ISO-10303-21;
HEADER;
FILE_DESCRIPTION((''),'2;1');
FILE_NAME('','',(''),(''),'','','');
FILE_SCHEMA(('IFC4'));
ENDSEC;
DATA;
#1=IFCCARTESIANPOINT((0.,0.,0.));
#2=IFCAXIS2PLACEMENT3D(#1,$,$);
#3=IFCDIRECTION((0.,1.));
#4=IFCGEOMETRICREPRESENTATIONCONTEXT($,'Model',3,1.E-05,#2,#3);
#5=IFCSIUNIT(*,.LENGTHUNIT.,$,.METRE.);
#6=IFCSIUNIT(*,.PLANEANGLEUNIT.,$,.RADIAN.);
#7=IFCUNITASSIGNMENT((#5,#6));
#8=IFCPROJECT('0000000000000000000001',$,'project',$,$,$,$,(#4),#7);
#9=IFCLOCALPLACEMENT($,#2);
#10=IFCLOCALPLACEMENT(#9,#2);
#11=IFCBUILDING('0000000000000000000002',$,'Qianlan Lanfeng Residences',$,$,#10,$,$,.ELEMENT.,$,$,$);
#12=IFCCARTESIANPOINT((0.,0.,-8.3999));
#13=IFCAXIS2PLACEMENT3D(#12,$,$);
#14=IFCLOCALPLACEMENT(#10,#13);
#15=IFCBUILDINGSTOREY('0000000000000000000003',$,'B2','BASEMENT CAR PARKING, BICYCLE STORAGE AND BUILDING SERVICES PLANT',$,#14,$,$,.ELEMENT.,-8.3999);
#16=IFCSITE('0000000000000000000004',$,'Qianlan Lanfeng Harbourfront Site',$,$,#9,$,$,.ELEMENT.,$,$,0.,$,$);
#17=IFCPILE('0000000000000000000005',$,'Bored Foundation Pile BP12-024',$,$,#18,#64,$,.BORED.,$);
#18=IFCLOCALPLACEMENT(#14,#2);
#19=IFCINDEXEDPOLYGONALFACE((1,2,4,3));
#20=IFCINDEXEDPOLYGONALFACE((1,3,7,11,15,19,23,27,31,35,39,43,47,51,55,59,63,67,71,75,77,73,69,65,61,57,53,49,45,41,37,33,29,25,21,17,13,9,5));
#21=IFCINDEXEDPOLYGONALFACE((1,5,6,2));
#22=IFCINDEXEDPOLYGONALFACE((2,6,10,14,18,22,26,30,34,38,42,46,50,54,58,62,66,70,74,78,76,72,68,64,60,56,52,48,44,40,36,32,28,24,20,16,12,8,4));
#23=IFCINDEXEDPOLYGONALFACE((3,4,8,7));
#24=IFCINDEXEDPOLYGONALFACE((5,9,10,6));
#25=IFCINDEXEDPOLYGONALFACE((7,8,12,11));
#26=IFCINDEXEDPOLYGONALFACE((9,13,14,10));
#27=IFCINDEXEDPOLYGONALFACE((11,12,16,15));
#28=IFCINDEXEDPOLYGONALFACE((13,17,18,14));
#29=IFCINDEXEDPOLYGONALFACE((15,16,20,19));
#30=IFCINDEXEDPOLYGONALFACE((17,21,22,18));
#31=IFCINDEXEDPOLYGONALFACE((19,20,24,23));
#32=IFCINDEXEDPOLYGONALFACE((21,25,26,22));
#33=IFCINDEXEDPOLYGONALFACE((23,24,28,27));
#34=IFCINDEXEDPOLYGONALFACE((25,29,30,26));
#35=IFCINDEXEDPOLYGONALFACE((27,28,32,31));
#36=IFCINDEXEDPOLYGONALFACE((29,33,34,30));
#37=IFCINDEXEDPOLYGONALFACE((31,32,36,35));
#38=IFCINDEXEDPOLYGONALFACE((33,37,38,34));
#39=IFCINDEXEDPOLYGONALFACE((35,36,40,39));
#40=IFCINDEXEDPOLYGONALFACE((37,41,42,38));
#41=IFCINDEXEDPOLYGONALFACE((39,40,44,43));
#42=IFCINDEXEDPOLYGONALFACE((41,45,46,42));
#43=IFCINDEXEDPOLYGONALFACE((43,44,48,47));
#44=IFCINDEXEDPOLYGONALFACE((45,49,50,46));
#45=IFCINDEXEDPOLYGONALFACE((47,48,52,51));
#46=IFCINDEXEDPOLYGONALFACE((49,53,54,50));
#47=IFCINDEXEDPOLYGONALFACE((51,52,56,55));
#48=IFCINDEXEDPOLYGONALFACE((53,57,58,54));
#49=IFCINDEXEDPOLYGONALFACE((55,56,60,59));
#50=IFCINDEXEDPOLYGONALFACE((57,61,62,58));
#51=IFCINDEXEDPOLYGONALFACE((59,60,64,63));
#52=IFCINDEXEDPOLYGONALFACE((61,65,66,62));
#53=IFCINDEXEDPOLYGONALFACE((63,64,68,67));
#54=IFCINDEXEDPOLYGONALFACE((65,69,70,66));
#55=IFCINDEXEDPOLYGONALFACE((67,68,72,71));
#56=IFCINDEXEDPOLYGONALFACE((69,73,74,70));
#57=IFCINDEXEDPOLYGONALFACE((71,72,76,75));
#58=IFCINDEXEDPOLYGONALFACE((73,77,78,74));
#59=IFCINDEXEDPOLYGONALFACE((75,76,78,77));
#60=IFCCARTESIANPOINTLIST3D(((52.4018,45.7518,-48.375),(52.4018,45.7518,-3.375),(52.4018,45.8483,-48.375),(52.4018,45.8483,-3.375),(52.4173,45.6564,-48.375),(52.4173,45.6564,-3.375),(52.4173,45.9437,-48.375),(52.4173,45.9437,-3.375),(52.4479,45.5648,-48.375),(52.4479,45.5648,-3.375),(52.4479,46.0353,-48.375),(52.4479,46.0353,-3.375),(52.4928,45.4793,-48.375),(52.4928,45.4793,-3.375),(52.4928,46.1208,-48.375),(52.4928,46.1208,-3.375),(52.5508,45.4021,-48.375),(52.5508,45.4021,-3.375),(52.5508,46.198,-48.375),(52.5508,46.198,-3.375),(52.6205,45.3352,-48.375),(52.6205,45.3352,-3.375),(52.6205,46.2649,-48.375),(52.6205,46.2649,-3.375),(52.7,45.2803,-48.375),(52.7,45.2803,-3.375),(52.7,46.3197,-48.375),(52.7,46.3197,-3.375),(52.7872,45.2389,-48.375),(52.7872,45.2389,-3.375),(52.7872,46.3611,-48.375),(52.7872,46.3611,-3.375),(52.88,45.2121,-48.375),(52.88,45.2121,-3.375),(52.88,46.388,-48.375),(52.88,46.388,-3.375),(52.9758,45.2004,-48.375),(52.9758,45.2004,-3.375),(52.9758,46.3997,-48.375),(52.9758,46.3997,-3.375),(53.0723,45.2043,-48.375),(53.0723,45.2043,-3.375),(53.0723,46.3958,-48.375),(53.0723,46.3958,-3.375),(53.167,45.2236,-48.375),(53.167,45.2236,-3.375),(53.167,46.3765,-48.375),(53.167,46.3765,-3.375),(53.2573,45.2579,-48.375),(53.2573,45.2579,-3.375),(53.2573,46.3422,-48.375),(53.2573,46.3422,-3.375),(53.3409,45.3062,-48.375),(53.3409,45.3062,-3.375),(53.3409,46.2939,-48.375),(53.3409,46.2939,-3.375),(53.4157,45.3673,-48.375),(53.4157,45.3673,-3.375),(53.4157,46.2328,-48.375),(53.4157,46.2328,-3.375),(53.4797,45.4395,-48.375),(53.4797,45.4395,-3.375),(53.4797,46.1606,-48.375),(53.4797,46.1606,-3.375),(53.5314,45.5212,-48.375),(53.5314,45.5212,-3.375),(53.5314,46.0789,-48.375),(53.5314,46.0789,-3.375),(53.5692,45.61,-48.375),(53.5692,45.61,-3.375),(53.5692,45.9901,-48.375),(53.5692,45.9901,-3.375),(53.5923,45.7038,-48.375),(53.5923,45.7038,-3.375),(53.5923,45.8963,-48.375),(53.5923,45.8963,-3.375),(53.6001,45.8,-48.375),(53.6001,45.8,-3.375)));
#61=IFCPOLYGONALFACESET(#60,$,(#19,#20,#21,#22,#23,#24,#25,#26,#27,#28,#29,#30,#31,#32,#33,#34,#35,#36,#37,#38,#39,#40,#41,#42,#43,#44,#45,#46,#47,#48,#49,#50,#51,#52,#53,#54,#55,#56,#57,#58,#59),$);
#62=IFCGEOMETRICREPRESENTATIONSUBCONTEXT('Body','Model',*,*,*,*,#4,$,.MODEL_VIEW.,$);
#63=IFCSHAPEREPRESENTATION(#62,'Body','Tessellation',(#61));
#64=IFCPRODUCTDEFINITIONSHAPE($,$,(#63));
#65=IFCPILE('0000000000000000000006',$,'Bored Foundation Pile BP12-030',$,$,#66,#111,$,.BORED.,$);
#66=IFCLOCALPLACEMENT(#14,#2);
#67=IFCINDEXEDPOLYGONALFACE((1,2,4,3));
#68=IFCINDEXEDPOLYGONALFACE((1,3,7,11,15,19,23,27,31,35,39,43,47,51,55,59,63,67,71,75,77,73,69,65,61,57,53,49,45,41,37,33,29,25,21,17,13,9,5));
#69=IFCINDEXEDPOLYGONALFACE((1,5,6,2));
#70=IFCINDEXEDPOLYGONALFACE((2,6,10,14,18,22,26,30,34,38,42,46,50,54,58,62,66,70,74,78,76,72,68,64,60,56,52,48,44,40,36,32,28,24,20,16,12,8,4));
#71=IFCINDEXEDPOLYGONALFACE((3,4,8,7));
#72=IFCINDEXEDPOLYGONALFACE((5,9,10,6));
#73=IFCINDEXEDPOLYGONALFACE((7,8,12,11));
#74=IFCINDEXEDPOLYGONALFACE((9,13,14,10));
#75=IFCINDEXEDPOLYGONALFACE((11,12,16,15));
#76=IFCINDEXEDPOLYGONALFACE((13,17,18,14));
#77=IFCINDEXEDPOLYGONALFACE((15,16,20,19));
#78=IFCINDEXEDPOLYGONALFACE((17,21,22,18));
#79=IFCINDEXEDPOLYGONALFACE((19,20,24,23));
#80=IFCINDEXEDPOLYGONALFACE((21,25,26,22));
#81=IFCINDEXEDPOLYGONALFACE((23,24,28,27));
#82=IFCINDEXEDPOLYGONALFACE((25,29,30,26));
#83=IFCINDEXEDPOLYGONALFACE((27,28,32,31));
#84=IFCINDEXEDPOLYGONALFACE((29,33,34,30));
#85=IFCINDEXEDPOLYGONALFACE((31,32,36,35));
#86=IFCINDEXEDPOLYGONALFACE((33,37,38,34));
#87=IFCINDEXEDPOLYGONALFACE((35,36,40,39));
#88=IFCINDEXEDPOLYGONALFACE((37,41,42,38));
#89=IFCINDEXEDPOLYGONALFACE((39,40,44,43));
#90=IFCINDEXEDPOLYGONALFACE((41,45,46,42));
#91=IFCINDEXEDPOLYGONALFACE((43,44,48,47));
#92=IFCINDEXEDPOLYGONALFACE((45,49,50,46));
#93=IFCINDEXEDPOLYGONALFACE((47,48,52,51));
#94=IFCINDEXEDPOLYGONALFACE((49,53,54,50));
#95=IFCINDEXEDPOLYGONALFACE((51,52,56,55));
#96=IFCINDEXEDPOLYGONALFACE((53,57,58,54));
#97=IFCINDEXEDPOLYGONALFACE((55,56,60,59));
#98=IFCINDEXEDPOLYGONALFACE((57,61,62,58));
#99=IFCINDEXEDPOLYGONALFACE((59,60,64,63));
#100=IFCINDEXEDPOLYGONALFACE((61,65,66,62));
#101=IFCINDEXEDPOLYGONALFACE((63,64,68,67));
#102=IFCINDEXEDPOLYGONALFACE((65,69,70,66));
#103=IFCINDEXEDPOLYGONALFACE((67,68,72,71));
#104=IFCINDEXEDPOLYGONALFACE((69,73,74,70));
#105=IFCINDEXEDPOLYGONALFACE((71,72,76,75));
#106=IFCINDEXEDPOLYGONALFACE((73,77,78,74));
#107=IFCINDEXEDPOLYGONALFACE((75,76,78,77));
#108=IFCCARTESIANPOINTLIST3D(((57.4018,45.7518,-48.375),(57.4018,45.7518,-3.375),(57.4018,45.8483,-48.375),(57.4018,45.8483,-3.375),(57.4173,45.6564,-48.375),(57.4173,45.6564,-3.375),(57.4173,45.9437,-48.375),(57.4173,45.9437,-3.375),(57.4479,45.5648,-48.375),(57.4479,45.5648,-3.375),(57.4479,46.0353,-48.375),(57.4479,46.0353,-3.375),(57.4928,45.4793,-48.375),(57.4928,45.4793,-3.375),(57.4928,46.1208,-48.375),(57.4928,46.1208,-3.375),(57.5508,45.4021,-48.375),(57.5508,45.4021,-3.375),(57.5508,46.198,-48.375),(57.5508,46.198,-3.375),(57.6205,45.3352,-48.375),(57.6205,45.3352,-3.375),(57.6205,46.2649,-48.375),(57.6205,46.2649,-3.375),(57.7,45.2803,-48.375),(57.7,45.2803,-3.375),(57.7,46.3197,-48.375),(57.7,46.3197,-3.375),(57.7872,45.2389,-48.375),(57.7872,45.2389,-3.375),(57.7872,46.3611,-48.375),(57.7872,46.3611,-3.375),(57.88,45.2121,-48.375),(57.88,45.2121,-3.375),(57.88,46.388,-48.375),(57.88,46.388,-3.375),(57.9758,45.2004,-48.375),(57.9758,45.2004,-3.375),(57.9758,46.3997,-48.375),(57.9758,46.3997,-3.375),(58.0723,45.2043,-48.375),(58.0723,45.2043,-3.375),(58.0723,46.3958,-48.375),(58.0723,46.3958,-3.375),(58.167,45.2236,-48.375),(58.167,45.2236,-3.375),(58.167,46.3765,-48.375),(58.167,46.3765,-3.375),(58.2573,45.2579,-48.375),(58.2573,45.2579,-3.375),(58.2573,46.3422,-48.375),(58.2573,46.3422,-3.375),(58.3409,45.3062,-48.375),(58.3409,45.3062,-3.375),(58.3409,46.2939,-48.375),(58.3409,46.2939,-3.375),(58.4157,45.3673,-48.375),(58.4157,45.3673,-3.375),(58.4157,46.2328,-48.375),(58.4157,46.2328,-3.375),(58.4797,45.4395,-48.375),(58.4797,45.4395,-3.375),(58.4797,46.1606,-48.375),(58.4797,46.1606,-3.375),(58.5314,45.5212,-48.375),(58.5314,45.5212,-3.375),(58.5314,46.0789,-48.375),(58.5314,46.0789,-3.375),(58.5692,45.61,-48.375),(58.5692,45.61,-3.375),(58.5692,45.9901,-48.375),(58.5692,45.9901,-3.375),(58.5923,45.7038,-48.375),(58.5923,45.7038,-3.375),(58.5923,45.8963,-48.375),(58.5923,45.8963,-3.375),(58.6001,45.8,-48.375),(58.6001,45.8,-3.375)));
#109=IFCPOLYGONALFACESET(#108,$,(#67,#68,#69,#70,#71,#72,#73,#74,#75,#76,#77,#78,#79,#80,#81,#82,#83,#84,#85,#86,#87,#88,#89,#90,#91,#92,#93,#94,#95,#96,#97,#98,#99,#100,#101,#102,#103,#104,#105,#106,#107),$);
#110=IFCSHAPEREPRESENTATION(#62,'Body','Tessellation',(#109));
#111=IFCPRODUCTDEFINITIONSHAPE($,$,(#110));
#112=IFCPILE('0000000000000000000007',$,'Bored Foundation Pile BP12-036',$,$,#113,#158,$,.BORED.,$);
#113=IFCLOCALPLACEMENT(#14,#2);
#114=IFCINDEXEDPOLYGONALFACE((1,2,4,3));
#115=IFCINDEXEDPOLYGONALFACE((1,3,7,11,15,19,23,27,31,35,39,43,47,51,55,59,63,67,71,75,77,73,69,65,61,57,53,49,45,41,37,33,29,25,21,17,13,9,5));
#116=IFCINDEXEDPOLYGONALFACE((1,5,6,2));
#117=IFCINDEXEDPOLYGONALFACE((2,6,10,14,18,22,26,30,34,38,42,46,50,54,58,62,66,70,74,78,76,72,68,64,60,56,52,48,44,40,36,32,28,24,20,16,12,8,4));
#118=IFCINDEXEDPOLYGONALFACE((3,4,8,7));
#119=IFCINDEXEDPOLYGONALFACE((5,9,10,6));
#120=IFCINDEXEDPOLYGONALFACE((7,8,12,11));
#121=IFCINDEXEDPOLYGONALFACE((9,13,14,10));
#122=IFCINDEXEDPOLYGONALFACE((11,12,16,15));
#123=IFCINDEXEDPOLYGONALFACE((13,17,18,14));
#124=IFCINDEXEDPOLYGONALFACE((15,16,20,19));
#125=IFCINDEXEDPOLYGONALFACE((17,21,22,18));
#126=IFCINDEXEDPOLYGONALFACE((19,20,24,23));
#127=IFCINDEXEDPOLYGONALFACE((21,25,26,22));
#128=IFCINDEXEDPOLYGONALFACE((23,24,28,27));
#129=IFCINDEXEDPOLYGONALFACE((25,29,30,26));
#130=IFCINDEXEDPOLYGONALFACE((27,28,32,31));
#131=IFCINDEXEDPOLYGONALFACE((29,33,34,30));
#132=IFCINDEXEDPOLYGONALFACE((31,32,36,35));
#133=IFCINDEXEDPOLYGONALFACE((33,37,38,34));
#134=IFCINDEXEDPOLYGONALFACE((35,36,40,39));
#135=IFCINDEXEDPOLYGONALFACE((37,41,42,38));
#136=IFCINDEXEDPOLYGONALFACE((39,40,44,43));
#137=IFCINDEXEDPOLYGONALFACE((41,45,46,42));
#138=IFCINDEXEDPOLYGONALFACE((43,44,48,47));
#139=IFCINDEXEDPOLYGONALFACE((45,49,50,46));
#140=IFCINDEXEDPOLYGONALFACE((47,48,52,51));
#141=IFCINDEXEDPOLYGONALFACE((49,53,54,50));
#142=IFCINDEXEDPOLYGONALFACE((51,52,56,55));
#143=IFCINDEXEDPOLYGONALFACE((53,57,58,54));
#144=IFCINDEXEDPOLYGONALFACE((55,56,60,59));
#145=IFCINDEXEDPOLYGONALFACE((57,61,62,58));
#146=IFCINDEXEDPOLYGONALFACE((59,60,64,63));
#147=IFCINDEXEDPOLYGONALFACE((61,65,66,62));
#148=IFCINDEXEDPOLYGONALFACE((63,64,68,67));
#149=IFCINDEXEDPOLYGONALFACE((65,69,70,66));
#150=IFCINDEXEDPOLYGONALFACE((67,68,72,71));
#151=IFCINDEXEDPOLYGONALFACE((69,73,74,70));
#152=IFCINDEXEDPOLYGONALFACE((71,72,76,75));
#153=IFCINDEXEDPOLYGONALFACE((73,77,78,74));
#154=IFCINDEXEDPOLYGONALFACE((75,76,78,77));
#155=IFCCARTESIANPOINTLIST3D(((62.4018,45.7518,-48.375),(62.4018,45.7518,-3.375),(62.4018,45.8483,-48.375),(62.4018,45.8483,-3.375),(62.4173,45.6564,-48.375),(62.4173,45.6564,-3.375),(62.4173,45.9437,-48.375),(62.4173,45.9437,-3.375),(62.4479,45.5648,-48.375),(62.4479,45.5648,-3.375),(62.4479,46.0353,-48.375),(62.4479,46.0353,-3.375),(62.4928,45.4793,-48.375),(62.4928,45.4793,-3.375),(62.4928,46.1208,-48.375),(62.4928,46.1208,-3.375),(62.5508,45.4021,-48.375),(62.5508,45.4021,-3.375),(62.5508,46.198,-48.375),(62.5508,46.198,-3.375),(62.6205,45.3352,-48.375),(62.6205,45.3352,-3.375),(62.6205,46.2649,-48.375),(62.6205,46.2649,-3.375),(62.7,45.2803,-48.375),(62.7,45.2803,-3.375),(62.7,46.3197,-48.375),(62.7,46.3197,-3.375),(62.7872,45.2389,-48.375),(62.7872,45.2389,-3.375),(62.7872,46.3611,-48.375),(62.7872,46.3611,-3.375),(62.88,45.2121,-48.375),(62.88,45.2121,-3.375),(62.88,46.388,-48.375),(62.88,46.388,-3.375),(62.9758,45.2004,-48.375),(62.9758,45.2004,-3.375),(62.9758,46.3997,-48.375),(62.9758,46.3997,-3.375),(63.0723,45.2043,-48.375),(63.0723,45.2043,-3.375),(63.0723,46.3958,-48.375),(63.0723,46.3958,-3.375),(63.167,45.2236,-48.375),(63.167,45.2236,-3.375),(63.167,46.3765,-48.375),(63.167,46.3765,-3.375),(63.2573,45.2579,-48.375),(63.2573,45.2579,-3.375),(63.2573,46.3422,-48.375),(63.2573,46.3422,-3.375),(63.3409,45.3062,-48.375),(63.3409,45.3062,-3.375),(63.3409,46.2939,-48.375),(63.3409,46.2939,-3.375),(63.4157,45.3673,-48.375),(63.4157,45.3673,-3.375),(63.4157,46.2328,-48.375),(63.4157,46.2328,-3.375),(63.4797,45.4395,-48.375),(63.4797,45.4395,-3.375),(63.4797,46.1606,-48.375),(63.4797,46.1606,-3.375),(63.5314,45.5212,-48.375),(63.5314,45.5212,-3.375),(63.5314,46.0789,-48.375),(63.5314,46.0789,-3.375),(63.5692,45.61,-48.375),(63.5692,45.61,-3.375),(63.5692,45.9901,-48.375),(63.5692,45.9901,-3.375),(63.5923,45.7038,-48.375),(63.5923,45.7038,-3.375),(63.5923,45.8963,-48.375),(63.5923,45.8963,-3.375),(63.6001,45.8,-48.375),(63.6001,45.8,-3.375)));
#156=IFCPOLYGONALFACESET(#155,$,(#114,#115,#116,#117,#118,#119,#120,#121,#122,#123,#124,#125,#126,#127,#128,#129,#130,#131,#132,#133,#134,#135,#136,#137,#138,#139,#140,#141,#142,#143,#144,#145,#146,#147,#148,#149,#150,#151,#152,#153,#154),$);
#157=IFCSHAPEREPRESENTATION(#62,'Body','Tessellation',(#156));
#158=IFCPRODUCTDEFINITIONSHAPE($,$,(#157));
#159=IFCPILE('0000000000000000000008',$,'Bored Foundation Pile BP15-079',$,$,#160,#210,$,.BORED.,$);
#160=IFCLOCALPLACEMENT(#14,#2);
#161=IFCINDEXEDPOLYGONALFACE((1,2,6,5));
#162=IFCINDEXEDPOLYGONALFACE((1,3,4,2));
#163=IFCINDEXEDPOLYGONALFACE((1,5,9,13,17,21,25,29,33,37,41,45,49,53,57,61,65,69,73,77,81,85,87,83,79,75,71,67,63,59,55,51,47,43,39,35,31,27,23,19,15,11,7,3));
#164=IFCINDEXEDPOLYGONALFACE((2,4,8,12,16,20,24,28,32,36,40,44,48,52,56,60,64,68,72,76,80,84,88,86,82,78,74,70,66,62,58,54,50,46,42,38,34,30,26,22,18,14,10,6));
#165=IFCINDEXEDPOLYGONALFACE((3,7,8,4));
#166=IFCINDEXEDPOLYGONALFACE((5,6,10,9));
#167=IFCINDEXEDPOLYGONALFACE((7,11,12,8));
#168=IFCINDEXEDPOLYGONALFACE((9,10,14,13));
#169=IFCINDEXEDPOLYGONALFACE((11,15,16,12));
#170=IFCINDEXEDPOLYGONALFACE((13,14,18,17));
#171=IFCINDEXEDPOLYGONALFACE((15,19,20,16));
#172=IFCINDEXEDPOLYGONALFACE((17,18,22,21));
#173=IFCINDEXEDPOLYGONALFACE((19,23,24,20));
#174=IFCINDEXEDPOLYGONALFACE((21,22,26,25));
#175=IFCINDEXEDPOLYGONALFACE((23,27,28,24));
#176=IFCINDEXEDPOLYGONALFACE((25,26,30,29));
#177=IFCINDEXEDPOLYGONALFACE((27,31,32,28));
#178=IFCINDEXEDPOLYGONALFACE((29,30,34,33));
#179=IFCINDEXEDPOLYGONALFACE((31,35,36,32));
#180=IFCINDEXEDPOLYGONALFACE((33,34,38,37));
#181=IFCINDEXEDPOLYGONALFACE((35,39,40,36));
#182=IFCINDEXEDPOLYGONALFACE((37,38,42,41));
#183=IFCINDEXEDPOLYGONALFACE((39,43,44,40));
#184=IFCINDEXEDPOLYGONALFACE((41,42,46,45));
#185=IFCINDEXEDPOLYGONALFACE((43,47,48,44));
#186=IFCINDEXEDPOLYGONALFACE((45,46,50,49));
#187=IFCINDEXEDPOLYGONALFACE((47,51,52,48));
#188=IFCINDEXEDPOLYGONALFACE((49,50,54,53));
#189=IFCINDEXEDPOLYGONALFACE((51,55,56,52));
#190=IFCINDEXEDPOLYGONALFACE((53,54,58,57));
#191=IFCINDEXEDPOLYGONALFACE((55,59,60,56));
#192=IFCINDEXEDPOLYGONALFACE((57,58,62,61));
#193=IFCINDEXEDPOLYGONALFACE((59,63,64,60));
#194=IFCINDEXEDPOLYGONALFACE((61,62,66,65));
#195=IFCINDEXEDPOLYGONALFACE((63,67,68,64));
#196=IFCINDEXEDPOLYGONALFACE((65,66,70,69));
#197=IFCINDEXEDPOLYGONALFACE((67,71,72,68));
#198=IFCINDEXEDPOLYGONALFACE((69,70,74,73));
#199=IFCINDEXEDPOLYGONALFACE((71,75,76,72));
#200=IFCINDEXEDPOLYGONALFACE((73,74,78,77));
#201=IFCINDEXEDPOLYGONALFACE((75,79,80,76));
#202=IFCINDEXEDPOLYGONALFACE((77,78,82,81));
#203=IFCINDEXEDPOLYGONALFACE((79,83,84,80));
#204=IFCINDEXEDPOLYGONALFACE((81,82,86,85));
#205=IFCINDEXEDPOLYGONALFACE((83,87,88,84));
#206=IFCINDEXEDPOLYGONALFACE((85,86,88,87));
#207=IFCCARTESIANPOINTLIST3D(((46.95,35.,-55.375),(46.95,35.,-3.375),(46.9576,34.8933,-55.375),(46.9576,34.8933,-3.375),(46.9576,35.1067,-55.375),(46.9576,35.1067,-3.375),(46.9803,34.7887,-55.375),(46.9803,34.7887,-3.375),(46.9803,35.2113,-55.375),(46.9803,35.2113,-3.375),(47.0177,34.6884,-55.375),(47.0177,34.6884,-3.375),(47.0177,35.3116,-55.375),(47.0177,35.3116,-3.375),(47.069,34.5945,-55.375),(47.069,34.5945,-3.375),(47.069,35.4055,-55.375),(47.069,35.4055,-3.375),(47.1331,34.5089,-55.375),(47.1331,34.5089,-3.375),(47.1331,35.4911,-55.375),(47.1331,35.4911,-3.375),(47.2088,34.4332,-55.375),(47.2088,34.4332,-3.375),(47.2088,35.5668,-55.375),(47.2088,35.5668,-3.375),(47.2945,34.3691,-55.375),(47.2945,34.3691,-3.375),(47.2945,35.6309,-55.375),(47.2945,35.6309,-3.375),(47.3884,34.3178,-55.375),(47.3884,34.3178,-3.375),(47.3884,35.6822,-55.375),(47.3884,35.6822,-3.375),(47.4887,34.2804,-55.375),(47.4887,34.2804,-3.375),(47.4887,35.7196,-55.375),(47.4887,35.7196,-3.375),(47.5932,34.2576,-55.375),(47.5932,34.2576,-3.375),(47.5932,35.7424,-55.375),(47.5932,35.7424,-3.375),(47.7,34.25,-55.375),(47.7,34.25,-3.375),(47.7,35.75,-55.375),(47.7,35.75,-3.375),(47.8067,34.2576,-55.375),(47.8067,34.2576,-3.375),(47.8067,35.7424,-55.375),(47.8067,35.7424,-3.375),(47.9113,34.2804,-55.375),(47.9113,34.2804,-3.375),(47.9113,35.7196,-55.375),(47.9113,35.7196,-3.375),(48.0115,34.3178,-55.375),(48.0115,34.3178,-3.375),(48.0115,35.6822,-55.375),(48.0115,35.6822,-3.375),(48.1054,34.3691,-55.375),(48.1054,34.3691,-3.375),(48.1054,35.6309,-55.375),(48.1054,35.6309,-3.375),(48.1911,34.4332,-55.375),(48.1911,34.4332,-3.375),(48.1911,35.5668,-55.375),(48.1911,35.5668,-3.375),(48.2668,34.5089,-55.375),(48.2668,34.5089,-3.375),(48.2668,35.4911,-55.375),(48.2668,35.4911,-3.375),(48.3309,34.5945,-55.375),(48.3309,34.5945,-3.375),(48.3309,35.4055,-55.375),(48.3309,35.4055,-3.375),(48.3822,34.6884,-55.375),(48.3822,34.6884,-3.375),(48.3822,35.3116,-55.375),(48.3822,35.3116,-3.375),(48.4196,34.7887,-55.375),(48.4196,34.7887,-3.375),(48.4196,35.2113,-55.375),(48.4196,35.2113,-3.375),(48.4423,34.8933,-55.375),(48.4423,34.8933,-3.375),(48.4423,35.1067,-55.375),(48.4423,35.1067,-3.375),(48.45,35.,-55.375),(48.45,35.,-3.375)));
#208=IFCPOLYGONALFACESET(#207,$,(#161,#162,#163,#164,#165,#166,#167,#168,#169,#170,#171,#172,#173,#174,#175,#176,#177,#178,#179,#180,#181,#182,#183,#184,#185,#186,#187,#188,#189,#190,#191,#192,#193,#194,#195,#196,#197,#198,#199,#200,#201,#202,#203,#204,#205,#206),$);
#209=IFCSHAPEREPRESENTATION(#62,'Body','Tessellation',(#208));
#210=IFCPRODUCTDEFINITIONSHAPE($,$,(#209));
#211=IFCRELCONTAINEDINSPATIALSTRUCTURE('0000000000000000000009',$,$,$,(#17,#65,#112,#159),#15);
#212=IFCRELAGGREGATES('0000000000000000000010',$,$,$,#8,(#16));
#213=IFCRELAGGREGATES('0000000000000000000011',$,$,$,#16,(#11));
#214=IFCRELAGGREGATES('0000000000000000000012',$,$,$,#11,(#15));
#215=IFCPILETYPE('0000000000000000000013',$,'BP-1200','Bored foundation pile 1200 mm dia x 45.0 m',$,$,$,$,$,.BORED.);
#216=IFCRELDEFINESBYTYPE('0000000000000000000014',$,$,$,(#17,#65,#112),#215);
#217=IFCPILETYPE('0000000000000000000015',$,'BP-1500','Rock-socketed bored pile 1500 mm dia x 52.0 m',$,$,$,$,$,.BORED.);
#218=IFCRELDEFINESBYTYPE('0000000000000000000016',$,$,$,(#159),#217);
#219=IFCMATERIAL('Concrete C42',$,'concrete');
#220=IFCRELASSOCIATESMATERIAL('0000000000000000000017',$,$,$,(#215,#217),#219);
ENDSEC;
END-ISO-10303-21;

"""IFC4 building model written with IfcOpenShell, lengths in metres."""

from ifc_helpers import new_model, si_unit, direction, frame, origin, origin_2d, place, context, subcontext, project, spatial, circle, extrude, material, material_profile, profile_set, type_object, element, save


model = new_model("IFC4")

# Units and contexts
model_context = context("Model", 3, precision=1e-05, world=origin(), true_north=direction((0.0, 1.0)))
body_context = subcontext(model_context, "Body", "Model", "MODEL_VIEW")
ifc_project = project(units=[si_unit("LENGTHUNIT", "METRE"), si_unit("PLANEANGLEUNIT", "RADIAN")], contexts=[model_context])

# Site, building, storey
site_placement = place(None, origin())
site = spatial("IfcSite", under=ifc_project, at=site_placement, Name="Qianlan Lanfeng Harbourfront Site", CompositionType="ELEMENT", RefElevation=0.0)
building_placement = place(site_placement, origin())
building = spatial("IfcBuilding", under=site, at=building_placement, Name="Qianlan Lanfeng Residences", CompositionType="ELEMENT")
storey_placement = place(building_placement, frame((0.0, 0.0, -8.3999)))
storey = spatial("IfcBuildingStorey", under=building, at=storey_placement, Name="B2", Description="BASEMENT CAR PARKING, BICYCLE STORAGE AND BUILDING SERVICES PLANT", CompositionType="ELEMENT", Elevation=-8.3999)

# Piles
ifc_material_1 = material(Name="Concrete C42", Category="concrete")
ifc_material_profile_1 = material_profile(ifc_material_1, circle(Radius=0.6001, at=origin_2d()), Name="PILE D1200")
ifc_profile_set_1 = profile_set([ifc_material_profile_1], Name="Concrete C42")
pile_type_1 = type_object("IfcPileType", Name="BP-1200", Description="Bored foundation pile 1200 mm dia x 45.0 m", PredefinedType="BORED", material=ifc_profile_set_1)
for number, where, z_axis, x_axis, name in (
    (1, (53.0, 45.8, -3.375), (0.0, 0.0, -1.0), (1.0, 0.0, 0.0), "Bored Foundation Pile BP12-024"),
    (2, (58.0, 45.8, -3.375), (0.0, 0.0, -1.0), (1.0, 0.0, 0.0), "Bored Foundation Pile BP12-030"),
    (3, (63.0, 45.8, -3.375), (0.0, 0.0, -1.0), (1.0, 0.0, 0.0), "Bored Foundation Pile BP12-036"),
):
    element("IfcPile", number, at=place(storey_placement, frame(where, z_axis=z_axis, x_axis=x_axis)), inside=storey, type_object=pile_type_1, Name=name, PredefinedType="BORED", context=body_context, shape_type="SweptSolid", body=[
        extrude(circle(Radius=0.6001, at=origin_2d()), origin(), (0.0, 0.0, 1.0), 45.0),
    ])
ifc_material_profile_2 = material_profile(ifc_material_1, circle(Radius=0.75, at=origin_2d()), Name="PILE D1500")
ifc_profile_set_2 = profile_set([ifc_material_profile_2], Name="Concrete C42")
pile_type_2 = type_object("IfcPileType", Name="BP-1500", Description="Rock-socketed bored pile 1500 mm dia x 52.0 m", PredefinedType="BORED", material=ifc_profile_set_2)
for number, where, z_axis, x_axis, name in (
    (4, (47.7, 35.0, -3.375), (0.0, 0.0, -1.0), (1.0, 0.0, 0.0), "Bored Foundation Pile BP15-079"),
):
    element("IfcPile", number, at=place(storey_placement, frame(where, z_axis=z_axis, x_axis=x_axis)), inside=storey, type_object=pile_type_2, Name=name, PredefinedType="BORED", context=body_context, shape_type="SweptSolid", body=[
        extrude(circle(Radius=0.75, at=origin_2d()), origin(), (0.0, 0.0, 1.0), 52.0),
    ])

save(model, "model.ifc")
